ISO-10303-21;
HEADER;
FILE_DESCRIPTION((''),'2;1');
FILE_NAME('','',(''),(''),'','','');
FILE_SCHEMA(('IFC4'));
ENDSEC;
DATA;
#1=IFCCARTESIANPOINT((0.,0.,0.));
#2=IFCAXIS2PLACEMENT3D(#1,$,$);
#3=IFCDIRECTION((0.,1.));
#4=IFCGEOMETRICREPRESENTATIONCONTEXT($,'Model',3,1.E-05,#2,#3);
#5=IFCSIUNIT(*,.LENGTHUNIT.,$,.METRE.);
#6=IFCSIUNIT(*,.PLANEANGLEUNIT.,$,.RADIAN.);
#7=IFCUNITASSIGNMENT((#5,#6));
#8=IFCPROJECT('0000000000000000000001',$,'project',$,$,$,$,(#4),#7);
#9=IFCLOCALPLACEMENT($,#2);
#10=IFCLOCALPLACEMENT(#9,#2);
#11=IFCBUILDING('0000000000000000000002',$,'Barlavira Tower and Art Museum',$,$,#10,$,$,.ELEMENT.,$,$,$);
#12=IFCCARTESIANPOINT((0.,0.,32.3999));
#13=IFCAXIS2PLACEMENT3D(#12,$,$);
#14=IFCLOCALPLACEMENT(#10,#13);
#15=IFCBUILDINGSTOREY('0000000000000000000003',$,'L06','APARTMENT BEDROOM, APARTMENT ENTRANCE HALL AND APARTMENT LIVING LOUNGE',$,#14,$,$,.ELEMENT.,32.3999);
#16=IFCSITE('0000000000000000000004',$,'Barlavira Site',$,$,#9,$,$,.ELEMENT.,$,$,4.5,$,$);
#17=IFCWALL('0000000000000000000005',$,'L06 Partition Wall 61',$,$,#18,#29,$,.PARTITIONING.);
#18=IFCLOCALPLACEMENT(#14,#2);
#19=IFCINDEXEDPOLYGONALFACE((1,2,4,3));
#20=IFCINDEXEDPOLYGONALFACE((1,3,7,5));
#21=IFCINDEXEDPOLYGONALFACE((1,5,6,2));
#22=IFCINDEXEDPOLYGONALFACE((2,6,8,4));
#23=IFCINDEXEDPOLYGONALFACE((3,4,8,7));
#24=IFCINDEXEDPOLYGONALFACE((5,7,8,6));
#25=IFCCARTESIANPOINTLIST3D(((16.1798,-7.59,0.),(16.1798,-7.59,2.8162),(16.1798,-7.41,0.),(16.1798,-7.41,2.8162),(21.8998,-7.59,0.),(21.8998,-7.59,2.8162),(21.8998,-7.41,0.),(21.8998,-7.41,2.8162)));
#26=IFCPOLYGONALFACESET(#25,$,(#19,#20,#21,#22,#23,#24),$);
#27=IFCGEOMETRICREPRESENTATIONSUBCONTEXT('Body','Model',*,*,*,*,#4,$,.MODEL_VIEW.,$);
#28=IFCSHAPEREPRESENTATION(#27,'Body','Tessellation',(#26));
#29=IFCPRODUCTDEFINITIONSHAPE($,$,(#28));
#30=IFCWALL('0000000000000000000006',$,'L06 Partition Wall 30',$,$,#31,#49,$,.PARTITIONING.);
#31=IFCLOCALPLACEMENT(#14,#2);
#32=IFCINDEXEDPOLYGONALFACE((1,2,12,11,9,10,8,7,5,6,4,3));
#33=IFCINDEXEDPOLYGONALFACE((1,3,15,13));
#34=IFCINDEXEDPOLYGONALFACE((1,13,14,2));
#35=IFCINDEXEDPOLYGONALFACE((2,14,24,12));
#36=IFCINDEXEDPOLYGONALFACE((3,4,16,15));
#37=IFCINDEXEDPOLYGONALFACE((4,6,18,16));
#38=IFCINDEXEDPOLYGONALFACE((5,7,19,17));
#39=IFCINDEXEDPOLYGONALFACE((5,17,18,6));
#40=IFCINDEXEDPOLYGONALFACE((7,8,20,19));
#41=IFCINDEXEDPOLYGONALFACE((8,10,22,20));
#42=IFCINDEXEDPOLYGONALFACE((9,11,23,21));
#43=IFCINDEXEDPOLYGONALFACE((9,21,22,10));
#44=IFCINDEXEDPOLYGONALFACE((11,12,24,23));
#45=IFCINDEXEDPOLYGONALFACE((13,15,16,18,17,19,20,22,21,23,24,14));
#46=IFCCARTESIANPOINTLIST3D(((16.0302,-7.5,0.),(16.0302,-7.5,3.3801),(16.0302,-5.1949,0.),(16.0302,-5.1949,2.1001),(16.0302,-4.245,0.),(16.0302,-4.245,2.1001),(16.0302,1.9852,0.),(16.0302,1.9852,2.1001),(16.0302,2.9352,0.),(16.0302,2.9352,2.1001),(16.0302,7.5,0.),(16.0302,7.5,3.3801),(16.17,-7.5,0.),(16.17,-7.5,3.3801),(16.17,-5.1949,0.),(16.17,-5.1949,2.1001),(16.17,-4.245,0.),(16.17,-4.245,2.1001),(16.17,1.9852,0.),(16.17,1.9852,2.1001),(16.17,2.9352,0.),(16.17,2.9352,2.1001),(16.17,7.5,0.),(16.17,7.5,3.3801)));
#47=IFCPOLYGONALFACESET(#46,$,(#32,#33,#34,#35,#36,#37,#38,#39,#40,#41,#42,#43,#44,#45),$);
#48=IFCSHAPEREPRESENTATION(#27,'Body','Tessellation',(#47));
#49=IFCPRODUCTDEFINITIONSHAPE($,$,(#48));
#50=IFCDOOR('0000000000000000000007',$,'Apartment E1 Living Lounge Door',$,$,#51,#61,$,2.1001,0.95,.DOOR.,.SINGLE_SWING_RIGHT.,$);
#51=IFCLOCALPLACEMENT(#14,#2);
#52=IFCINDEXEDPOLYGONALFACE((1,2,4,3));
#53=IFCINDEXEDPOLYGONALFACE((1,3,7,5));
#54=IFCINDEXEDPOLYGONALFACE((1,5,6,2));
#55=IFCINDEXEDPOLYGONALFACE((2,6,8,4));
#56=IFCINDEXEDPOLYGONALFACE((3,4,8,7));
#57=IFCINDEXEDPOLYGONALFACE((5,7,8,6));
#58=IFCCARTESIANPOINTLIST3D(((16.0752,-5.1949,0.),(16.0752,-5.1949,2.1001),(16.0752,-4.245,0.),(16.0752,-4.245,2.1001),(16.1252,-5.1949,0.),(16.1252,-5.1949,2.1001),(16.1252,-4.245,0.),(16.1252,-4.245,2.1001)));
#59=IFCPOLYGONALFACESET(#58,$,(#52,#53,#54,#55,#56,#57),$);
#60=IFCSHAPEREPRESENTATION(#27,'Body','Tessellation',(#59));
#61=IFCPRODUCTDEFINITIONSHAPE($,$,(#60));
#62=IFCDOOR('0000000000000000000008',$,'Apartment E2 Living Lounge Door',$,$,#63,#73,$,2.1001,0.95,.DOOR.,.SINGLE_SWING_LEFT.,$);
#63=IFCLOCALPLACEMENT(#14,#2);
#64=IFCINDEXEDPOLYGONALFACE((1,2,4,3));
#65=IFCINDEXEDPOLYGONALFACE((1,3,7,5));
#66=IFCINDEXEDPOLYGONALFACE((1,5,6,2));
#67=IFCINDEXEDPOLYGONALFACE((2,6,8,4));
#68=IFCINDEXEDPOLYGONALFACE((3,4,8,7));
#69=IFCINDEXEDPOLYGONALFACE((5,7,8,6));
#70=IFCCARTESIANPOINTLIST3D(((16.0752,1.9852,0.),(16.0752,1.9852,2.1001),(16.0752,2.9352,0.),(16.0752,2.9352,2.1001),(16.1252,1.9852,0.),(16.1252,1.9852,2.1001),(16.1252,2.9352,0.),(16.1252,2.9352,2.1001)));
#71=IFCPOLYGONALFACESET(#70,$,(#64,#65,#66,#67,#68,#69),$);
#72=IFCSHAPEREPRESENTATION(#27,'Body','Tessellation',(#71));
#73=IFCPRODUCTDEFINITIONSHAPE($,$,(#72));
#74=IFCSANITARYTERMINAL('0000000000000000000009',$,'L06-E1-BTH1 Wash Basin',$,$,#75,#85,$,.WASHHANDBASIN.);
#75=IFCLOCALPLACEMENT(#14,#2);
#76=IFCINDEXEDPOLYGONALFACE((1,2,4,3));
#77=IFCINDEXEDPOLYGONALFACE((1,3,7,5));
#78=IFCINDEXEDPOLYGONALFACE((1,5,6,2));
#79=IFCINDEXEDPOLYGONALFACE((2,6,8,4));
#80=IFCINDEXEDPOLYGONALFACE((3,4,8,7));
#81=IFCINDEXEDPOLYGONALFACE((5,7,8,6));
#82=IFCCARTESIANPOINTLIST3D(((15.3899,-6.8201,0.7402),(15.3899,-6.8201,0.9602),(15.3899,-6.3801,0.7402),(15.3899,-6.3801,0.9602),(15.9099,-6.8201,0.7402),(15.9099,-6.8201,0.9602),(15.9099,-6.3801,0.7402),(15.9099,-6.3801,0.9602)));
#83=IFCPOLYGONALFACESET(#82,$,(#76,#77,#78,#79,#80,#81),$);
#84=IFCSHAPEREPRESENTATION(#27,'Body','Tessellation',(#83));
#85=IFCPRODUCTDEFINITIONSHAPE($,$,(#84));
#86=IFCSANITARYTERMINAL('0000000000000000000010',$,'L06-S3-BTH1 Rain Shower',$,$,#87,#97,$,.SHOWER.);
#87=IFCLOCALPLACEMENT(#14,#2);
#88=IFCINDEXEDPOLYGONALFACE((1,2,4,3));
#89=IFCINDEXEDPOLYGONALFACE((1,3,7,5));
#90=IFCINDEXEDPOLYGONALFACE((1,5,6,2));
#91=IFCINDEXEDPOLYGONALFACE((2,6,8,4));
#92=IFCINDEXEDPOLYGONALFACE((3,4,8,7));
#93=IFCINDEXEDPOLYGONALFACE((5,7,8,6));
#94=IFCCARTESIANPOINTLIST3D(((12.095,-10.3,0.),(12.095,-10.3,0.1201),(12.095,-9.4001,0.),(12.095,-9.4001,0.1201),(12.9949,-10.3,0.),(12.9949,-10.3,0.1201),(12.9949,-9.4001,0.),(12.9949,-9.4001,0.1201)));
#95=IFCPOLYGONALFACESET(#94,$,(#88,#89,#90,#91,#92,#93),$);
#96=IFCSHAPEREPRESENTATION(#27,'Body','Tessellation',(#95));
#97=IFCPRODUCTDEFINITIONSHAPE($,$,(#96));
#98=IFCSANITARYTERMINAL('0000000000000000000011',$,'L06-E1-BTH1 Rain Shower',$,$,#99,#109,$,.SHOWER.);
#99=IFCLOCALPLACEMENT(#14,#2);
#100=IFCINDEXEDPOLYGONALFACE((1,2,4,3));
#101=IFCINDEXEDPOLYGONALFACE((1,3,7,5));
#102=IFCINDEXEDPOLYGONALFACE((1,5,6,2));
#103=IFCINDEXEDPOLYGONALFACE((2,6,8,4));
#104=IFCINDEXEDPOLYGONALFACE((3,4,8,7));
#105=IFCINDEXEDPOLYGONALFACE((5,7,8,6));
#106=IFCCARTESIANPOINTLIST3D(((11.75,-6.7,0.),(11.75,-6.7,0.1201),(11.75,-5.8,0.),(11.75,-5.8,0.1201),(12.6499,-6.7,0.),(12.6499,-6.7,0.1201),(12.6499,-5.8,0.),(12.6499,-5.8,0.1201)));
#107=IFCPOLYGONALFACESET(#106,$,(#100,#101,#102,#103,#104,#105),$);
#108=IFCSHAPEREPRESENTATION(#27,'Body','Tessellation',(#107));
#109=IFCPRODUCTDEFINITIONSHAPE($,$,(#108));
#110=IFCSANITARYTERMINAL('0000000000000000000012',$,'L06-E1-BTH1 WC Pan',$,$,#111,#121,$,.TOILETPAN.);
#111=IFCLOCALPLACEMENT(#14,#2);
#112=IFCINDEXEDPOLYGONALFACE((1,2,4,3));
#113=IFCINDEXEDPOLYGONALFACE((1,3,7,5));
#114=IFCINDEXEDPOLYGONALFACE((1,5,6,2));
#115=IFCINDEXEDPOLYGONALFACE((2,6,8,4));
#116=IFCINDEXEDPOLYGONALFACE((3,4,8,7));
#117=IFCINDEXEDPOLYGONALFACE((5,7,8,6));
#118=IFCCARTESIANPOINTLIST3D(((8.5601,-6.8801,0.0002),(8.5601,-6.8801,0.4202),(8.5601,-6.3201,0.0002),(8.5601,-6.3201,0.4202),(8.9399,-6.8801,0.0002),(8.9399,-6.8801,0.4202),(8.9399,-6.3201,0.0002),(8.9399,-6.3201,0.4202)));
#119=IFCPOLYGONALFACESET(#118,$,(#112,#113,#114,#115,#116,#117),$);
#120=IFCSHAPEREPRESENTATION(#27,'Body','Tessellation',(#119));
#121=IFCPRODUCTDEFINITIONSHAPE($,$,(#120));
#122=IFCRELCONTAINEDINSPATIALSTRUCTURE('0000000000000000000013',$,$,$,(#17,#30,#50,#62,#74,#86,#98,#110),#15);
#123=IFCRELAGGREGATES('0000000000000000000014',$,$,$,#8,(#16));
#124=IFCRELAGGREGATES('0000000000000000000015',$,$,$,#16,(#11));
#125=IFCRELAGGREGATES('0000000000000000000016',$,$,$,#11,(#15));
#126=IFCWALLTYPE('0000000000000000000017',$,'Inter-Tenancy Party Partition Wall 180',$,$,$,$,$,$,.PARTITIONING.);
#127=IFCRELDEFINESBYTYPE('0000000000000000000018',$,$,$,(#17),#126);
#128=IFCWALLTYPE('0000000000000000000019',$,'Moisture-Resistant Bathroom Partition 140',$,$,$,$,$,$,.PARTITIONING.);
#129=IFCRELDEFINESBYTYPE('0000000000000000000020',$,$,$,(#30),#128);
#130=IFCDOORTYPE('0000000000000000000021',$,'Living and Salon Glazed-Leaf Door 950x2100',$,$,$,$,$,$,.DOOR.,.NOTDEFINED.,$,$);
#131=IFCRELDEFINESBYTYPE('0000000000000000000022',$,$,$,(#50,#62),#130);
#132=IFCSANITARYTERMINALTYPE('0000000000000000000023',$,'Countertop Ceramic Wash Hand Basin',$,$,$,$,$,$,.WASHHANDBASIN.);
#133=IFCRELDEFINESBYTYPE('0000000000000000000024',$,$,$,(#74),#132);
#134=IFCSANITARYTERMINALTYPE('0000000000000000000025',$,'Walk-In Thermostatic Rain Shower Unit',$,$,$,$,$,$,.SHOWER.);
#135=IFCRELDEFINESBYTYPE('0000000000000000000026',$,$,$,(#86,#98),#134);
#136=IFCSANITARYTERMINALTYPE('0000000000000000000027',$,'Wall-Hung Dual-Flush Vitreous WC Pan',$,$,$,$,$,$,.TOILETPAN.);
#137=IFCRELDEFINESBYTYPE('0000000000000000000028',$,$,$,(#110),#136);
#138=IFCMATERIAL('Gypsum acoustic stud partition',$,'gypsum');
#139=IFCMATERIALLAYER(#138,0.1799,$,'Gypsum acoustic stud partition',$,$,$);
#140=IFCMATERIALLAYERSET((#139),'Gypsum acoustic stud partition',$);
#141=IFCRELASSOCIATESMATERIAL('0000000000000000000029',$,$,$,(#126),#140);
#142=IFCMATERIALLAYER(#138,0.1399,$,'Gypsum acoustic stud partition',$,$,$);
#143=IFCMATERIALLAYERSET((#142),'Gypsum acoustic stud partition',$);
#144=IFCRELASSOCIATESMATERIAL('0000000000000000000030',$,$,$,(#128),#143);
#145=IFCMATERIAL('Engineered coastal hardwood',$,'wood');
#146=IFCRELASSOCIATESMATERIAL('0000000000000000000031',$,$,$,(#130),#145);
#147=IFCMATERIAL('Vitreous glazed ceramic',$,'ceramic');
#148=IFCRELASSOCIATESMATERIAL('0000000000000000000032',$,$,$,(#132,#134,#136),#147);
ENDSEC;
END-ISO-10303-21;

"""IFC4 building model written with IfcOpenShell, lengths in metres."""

from ifc_helpers import new_model, si_unit, direction, frame, frame_2d, origin, origin_2d, place, context, subcontext, project, spatial, rectangle, extrude, material, layer, layer_set, type_object, element, fill, save


model = new_model("IFC4")

# Units and contexts
model_context = context("Model", 3, precision=1e-05, world=origin(), true_north=direction((0.0, 1.0)))
body_context = subcontext(model_context, "Body", "Model", "MODEL_VIEW")
ifc_project = project(units=[si_unit("LENGTHUNIT", "METRE"), si_unit("PLANEANGLEUNIT", "RADIAN")], contexts=[model_context])

# Site, building, storey
site_placement = place(None, origin())
site = spatial("IfcSite", under=ifc_project, at=site_placement, Name="Barlavira Site", CompositionType="ELEMENT", RefElevation=4.5)
building_placement = place(site_placement, origin())
building = spatial("IfcBuilding", under=site, at=building_placement, Name="Barlavira Tower and Art Museum", CompositionType="ELEMENT")
storey_placement = place(building_placement, frame((0.0, 0.0, 32.3999)))
storey = spatial("IfcBuildingStorey", under=building, at=storey_placement, Name="L06", Description="APARTMENT BEDROOM, APARTMENT ENTRANCE HALL AND APARTMENT LIVING LOUNGE", CompositionType="ELEMENT", Elevation=32.3999)

# Shared definitions
ifc_material_1 = material(Name="Gypsum acoustic stud partition", Category="gypsum")
ifc_material_2 = material(Name="Engineered coastal hardwood", Category="wood")

# Wall
ifc_layer_1 = layer(ifc_material_1, 0.1799, Name="Gypsum acoustic stud partition")
ifc_layer_set_1 = layer_set([ifc_layer_1], Name="Gypsum acoustic stud partition")
wall_type_1 = type_object("IfcWallType", Name="Inter-Tenancy Party Partition Wall 180", PredefinedType="PARTITIONING", material=ifc_layer_set_1)
wall_1_placement = place(storey_placement, frame((16.1799, -7.5, 0.0), z_axis=(0.0, 0.0, 1.0), x_axis=(1.0, 0.0, 0.0)))
element("IfcWall", 1, at=wall_1_placement, inside=storey, type_object=wall_type_1, Name="L06 Partition Wall 61", PredefinedType="PARTITIONING", context=body_context, shape_type="SweptSolid", body=[
    extrude(rectangle(XDim=5.72, YDim=0.1799, at=frame_2d((2.8599, 0.0))), origin(), (0.0, 0.0, 1.0), 2.8162),
])

# Wall, openings, doors
ifc_layer_2 = layer(ifc_material_1, 0.1399, Name="Gypsum acoustic stud partition")
ifc_layer_set_2 = layer_set([ifc_layer_2], Name="Gypsum acoustic stud partition")
wall_type_2 = type_object("IfcWallType", Name="Moisture-Resistant Bathroom Partition 140", PredefinedType="PARTITIONING", material=ifc_layer_set_2)
wall_2_placement = place(storey_placement, frame((16.1001, -7.5, 0.0), z_axis=(0.0, 0.0, 1.0), x_axis=(0.0, 1.0, 0.0)))
wall_2 = element("IfcWall", 2, at=wall_2_placement, inside=storey, type_object=wall_type_2, Name="L06 Partition Wall 30", PredefinedType="PARTITIONING", context=body_context, shape_type="SweptSolid", body=[
    extrude(rectangle(XDim=15.0, YDim=0.1399, at=frame_2d((7.5, 0.0))), origin(), (0.0, 0.0, 1.0), 3.3801),
])
opening_1_placement = place(wall_2_placement, frame((2.3049, 0.0, 0.0)))
opening_1 = element("IfcOpeningElement", 3, at=opening_1_placement, cuts=wall_2, PredefinedType="OPENING", context=body_context, shape_type="SweptSolid", body=[
    extrude(rectangle(XDim=0.95, YDim=2.1001, at=frame_2d((0.4751, 1.05))), frame((0.0, 0.0801, 0.0), z_axis=(0.0, -1.0, 0.0), x_axis=(1.0, 0.0, 0.0)), (0.0, 0.0, 1.0), 0.1599),
])
opening_2_placement = place(wall_2_placement, frame((9.4851, 0.0, 0.0)))
opening_2 = element("IfcOpeningElement", 4, at=opening_2_placement, cuts=wall_2, PredefinedType="OPENING", context=body_context, shape_type="SweptSolid", body=[
    extrude(rectangle(XDim=0.95, YDim=2.1001, at=frame_2d((0.4751, 1.05))), frame((0.0, 0.0801, 0.0), z_axis=(0.0, -1.0, 0.0), x_axis=(1.0, 0.0, 0.0)), (0.0, 0.0, 1.0), 0.1599),
])
door_type_1 = type_object("IfcDoorType", Name="Living and Salon Glazed-Leaf Door 950x2100", OperationType="NOTDEFINED", PredefinedType="DOOR", material=ifc_material_2)
door_1_placement = place(opening_1_placement, origin())
door_1 = element("IfcDoor", 5, at=door_1_placement, inside=storey, type_object=door_type_1, Name="Apartment E1 Living Lounge Door", OperationType="SINGLE_SWING_RIGHT", OverallHeight=2.1001, OverallWidth=0.95, PredefinedType="DOOR", context=body_context, shape_type="SweptSolid", body=[
    extrude(rectangle(XDim=0.95, YDim=2.1001, at=frame_2d((0.4751, 1.05))), frame((0.0, 0.0249, 0.0), z_axis=(0.0, -1.0, 0.0), x_axis=(1.0, 0.0, 0.0)), (0.0, 0.0, 1.0), 0.05),
])
fill(opening_1, door_1)
door_2_placement = place(opening_2_placement, origin())
door_2 = element("IfcDoor", 6, at=door_2_placement, inside=storey, type_object=door_type_1, Name="Apartment E2 Living Lounge Door", OperationType="SINGLE_SWING_LEFT", OverallHeight=2.1001, OverallWidth=0.95, PredefinedType="DOOR", context=body_context, shape_type="SweptSolid", body=[
    extrude(rectangle(XDim=0.95, YDim=2.1001, at=frame_2d((0.4751, 1.05))), frame((0.0, 0.0249, 0.0), z_axis=(0.0, -1.0, 0.0), x_axis=(1.0, 0.0, 0.0)), (0.0, 0.0, 1.0), 0.05),
])
fill(opening_2, door_2)

# Sanitary terminals
ifc_material_3 = material(Name="Vitreous glazed ceramic", Category="ceramic")
sanitary_terminal_type_1 = type_object("IfcSanitaryTerminalType", Name="Countertop Ceramic Wash Hand Basin", PredefinedType="WASHHANDBASIN", material=ifc_material_3)
sanitary_terminal_1_placement = place(storey_placement, frame((15.6499, -6.6001, 0.7402), z_axis=(0.0, 0.0, 1.0), x_axis=(1.0, 0.0, 0.0)))
element("IfcSanitaryTerminal", 7, at=sanitary_terminal_1_placement, inside=storey, type_object=sanitary_terminal_type_1, Name="L06-E1-BTH1 Wash Basin", PredefinedType="WASHHANDBASIN", context=body_context, shape_type="SweptSolid", body=[
    extrude(rectangle(XDim=0.52, YDim=0.4399, at=origin_2d()), origin(), (0.0, 0.0, 1.0), 0.22),
])
sanitary_terminal_type_2 = type_object("IfcSanitaryTerminalType", Name="Walk-In Thermostatic Rain Shower Unit", PredefinedType="SHOWER", material=ifc_material_3)
for number, where, z_axis, x_axis, name in (
    (8, (12.5449, -9.8501, 0.0), (0.0, 0.0, 1.0), (1.0, 0.0, 0.0), "L06-S3-BTH1 Rain Shower"),
    (9, (12.2, -6.25, 0.0), (0.0, 0.0, 1.0), (1.0, 0.0, 0.0), "L06-E1-BTH1 Rain Shower"),
):
    element("IfcSanitaryTerminal", number, at=place(storey_placement, frame(where, z_axis=z_axis, x_axis=x_axis)), inside=storey, type_object=sanitary_terminal_type_2, Name=name, PredefinedType="SHOWER", context=body_context, shape_type="SweptSolid", body=[
        extrude(rectangle(XDim=0.8999, YDim=0.8999, at=origin_2d()), origin(), (0.0, 0.0, 1.0), 0.1201),
    ])
sanitary_terminal_type_3 = type_object("IfcSanitaryTerminalType", Name="Wall-Hung Dual-Flush Vitreous WC Pan", PredefinedType="TOILETPAN", material=ifc_material_3)
sanitary_terminal_2_placement = place(storey_placement, frame((8.75, -6.6001, 0.0002), z_axis=(0.0, 0.0, 1.0), x_axis=(1.0, 0.0, 0.0)))
element("IfcSanitaryTerminal", 10, at=sanitary_terminal_2_placement, inside=storey, type_object=sanitary_terminal_type_3, Name="L06-E1-BTH1 WC Pan", PredefinedType="TOILETPAN", context=body_context, shape_type="SweptSolid", body=[
    extrude(rectangle(XDim=0.3799, YDim=0.5601, at=origin_2d()), origin(), (0.0, 0.0, 1.0), 0.4199),
])

save(model, "model.ifc")
